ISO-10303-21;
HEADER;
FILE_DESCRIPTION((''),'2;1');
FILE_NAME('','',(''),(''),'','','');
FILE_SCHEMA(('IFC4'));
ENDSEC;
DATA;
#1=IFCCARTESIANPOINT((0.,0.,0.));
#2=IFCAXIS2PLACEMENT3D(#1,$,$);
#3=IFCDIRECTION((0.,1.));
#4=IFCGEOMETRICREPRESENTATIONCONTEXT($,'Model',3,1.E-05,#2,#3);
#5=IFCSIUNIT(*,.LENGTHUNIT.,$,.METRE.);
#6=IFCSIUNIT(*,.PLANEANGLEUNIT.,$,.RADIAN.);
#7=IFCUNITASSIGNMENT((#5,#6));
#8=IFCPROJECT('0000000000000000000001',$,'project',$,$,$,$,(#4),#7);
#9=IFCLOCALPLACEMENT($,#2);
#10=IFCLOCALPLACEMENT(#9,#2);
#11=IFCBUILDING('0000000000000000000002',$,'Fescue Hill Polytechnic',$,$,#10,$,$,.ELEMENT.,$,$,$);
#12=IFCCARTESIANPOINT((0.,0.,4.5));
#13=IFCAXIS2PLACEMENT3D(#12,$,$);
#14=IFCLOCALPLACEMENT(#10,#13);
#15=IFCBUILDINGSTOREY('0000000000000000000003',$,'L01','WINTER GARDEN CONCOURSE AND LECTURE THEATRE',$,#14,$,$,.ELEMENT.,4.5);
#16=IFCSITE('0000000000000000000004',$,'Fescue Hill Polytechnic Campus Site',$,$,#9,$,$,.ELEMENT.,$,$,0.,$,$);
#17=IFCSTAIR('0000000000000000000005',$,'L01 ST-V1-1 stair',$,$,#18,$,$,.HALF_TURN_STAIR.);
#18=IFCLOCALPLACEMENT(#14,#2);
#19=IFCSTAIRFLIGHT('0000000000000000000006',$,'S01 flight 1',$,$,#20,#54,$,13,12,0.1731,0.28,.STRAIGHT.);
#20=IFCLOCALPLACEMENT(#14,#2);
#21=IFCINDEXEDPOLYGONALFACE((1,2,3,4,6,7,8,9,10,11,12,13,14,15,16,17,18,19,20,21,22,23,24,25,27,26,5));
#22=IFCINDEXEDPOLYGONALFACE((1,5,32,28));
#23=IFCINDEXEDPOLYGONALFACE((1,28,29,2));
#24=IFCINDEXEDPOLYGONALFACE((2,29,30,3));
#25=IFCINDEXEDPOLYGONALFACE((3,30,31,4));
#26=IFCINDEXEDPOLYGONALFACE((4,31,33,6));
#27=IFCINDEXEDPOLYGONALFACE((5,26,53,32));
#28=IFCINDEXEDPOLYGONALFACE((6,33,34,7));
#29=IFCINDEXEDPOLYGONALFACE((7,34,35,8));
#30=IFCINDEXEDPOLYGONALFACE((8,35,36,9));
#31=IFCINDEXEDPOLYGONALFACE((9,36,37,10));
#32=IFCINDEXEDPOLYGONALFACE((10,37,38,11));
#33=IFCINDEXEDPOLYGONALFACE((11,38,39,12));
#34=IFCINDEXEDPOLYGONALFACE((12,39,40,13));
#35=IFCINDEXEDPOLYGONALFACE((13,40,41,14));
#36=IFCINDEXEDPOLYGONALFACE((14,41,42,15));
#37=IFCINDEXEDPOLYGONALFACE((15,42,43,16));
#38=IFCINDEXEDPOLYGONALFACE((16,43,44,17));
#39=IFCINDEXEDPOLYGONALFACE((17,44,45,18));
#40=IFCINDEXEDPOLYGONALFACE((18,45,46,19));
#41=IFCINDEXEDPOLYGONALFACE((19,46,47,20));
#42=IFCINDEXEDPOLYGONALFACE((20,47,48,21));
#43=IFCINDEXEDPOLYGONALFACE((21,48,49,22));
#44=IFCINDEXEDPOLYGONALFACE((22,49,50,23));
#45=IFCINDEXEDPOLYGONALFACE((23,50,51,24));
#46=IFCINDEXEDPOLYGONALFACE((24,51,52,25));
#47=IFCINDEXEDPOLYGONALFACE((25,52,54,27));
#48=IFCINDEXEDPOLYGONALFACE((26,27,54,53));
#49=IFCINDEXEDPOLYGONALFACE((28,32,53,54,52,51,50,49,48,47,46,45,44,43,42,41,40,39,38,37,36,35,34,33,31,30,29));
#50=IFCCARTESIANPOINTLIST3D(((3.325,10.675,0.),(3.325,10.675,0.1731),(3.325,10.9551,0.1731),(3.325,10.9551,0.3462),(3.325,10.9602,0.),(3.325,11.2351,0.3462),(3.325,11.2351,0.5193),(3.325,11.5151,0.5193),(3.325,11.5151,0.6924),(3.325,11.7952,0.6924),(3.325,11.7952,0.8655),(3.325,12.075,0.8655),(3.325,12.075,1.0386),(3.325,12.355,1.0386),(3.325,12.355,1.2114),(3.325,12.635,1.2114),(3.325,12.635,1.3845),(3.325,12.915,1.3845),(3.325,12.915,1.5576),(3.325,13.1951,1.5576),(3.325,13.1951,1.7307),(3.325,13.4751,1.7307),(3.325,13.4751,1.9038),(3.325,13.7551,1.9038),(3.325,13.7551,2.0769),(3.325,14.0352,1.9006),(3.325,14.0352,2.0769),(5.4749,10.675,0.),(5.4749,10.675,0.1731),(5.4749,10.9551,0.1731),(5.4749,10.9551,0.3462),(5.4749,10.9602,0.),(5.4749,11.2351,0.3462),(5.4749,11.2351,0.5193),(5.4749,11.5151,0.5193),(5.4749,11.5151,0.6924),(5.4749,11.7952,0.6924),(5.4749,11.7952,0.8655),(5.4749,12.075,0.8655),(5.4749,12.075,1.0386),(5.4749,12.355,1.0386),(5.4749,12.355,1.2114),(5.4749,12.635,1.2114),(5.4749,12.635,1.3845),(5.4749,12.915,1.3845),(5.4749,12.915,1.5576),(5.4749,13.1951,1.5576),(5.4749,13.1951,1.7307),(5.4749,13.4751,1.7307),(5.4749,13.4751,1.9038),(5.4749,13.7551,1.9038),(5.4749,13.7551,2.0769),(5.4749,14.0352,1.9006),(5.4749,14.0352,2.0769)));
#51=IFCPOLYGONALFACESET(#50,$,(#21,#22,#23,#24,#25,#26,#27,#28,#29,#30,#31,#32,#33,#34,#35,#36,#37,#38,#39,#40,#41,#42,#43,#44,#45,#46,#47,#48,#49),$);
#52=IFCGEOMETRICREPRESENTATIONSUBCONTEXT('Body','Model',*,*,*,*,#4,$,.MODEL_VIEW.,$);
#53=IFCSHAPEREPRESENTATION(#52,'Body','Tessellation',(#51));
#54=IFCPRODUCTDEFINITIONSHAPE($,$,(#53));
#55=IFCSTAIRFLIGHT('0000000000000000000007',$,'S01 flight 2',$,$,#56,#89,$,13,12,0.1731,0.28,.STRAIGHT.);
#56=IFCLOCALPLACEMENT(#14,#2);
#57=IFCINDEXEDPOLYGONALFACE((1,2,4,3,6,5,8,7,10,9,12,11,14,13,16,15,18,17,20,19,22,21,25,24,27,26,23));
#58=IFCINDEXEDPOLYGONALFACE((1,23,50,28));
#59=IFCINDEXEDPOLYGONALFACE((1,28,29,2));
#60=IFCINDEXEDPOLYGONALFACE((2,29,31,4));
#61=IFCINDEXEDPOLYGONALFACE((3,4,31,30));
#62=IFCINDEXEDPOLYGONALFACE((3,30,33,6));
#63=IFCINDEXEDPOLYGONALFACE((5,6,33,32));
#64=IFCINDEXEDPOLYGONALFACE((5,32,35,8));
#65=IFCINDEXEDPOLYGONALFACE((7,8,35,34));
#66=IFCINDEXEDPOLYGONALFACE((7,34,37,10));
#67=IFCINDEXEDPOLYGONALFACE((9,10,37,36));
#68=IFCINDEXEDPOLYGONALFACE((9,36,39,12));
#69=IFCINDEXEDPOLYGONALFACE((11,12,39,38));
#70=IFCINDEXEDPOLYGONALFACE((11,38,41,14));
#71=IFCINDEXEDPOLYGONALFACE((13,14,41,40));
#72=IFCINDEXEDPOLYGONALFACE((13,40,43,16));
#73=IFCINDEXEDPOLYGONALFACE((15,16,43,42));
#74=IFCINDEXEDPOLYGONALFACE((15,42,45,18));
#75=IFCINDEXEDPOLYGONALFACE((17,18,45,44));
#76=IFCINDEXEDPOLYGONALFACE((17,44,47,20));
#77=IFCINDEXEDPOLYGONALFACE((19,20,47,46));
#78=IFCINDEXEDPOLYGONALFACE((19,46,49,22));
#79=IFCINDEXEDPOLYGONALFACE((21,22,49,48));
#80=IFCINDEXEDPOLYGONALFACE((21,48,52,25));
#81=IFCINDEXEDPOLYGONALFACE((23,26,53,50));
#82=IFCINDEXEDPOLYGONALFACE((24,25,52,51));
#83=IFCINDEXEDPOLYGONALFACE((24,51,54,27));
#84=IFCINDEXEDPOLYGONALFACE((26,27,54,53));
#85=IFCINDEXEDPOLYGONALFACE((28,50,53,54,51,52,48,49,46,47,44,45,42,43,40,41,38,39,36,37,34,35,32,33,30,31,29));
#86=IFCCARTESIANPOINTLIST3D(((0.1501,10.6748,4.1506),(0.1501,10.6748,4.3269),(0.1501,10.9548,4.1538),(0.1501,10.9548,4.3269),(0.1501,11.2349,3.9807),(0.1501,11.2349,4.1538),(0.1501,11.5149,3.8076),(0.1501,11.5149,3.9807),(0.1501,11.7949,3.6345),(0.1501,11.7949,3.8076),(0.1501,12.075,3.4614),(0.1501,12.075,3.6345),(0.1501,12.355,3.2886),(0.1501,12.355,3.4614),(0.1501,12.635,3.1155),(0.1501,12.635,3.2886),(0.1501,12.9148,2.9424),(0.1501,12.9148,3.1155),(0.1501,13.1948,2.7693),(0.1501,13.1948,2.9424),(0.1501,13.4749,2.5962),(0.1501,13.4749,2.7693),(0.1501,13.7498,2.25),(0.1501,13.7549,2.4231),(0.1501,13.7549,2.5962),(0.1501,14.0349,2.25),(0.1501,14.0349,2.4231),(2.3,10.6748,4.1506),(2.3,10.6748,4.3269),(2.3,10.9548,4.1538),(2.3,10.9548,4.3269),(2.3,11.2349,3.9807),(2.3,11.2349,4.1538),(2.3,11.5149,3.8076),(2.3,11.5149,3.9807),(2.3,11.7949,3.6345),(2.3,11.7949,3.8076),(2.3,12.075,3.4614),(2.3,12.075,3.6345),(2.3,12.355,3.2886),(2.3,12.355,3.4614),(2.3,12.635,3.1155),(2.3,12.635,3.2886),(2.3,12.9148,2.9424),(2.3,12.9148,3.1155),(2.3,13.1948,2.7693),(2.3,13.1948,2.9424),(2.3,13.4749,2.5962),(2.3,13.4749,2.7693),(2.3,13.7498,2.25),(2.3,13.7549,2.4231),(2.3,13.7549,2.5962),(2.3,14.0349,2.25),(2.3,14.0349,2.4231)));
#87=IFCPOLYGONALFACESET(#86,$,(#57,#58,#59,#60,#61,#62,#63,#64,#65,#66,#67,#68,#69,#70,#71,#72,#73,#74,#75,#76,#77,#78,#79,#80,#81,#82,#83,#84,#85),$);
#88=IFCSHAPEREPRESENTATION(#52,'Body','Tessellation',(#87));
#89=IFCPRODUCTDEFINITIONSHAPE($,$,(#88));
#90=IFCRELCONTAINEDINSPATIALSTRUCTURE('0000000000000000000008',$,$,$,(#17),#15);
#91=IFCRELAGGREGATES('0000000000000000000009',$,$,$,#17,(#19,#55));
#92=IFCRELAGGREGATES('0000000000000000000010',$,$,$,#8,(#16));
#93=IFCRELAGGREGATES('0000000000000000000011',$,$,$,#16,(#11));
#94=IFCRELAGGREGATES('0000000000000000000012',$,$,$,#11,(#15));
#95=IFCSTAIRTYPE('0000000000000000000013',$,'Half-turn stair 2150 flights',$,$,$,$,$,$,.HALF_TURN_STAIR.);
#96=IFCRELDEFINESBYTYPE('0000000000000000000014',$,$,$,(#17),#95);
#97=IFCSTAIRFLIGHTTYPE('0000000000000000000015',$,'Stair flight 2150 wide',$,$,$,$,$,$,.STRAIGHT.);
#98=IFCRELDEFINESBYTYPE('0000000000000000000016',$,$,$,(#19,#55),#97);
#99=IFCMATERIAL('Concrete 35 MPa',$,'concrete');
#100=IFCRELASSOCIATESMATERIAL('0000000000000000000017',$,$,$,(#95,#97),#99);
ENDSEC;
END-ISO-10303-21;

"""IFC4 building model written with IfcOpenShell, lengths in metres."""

from ifc_helpers import new_model, si_unit, direction, frame, origin, place, context, subcontext, project, spatial, polyline, outline, extrude, material, type_object, element, aggregate, save


model = new_model("IFC4")

# Units and contexts
model_context = context("Model", 3, precision=1e-05, world=origin(), true_north=direction((0.0, 1.0)))
body_context = subcontext(model_context, "Body", "Model", "MODEL_VIEW")
ifc_project = project(units=[si_unit("LENGTHUNIT", "METRE"), si_unit("PLANEANGLEUNIT", "RADIAN")], contexts=[model_context])

# Site, building, storey
site_placement = place(None, origin())
site = spatial("IfcSite", under=ifc_project, at=site_placement, Name="Fescue Hill Polytechnic Campus Site", CompositionType="ELEMENT", RefElevation=0.0)
building_placement = place(site_placement, origin())
building = spatial("IfcBuilding", under=site, at=building_placement, Name="Fescue Hill Polytechnic", CompositionType="ELEMENT")
storey_placement = place(building_placement, frame((0.0, 0.0, 4.5)))
storey = spatial("IfcBuildingStorey", under=building, at=storey_placement, Name="L01", Description="WINTER GARDEN CONCOURSE AND LECTURE THEATRE", CompositionType="ELEMENT", Elevation=4.5)

# Shared definitions
ifc_material_1 = material(Name="Concrete 35 MPa", Category="concrete")

# Stair, stair flights
stair_type = type_object("IfcStairType", Name="Half-turn stair 2150 flights", PredefinedType="HALF_TURN_STAIR", material=ifc_material_1)
stair_placement = place(storey_placement, origin())
stair = element("IfcStair", 1, at=stair_placement, inside=storey, type_object=stair_type, Name="L01 ST-V1-1 stair", PredefinedType="HALF_TURN_STAIR")
stair_flight_type = type_object("IfcStairFlightType", Name="Stair flight 2150 wide", PredefinedType="STRAIGHT", material=ifc_material_1)
stair_flight_1_placement = place(storey_placement, frame((4.3999, 10.675, 0.0), z_axis=(0.0, 0.0, 1.0), x_axis=(0.0, 1.0, 0.0)))
stair_flight_1 = element("IfcStairFlight", 2, at=stair_flight_1_placement, type_object=stair_flight_type, Name="S01 flight 1", NumberOfRisers=13, NumberOfTreads=12, PredefinedType="STRAIGHT", RiserHeight=0.1731, TreadLength=0.28, context=body_context, shape_type="SweptSolid", body=[
    extrude(outline(polyline([(0.0, 0.0), (0.0, 0.1731), (0.28, 0.1731), (0.28, 0.3462), (0.5601, 0.3462), (0.5601, 0.5193), (0.8401, 0.5193), (0.8401, 0.6924), (1.1201, 0.6924), (1.1201, 0.8655), (1.3999, 0.8655), (1.3999, 1.0386), (1.6799, 1.0386), (1.6799, 1.2114), (1.96, 1.2114), (1.96, 1.3845), (2.24, 1.3845), (2.24, 1.5576), (2.52, 1.5576), (2.52, 1.7307), (2.8, 1.7307), (2.8, 1.9038), (3.0801, 1.9038), (3.0801, 2.0769), (3.3601, 2.0769), (3.3601, 2.25), (3.3601, 1.9006), (0.2852, 0.0), (0.0, 0.0)])), frame((0.0, 1.075, 0.0), z_axis=(0.0, -1.0, 0.0), x_axis=(1.0, 0.0, 0.0)), (0.0, 0.0, 1.0), 2.1499),
])
stair_flight_2_placement = place(storey_placement, frame((1.2251, 14.0349, 2.25), z_axis=(0.0, 0.0, 1.0), x_axis=(0.0, -1.0, 0.0)))
stair_flight_2 = element("IfcStairFlight", 3, at=stair_flight_2_placement, type_object=stair_flight_type, Name="S01 flight 2", NumberOfRisers=13, NumberOfTreads=12, PredefinedType="STRAIGHT", RiserHeight=0.1731, TreadLength=0.28, context=body_context, shape_type="SweptSolid", body=[
    extrude(outline(polyline([(0.0, 0.0), (0.0, 0.1731), (0.28, 0.1731), (0.28, 0.3462), (0.5601, 0.3462), (0.5601, 0.5193), (0.8401, 0.5193), (0.8401, 0.6924), (1.1201, 0.6924), (1.1201, 0.8655), (1.3999, 0.8655), (1.3999, 1.0386), (1.6799, 1.0386), (1.6799, 1.2114), (1.96, 1.2114), (1.96, 1.3845), (2.24, 1.3845), (2.24, 1.5576), (2.52, 1.5576), (2.52, 1.7307), (2.8, 1.7307), (2.8, 1.9038), (3.0801, 1.9038), (3.0801, 2.0769), (3.3601, 2.0769), (3.3601, 2.25), (3.3601, 1.9006), (0.2852, 0.0), (0.0, 0.0)])), frame((0.0, 1.075, 0.0), z_axis=(0.0, -1.0, 0.0), x_axis=(1.0, 0.0, 0.0)), (0.0, 0.0, 1.0), 2.1499),
])
aggregate(stair, [stair_flight_1, stair_flight_2])

save(model, "model.ifc")
